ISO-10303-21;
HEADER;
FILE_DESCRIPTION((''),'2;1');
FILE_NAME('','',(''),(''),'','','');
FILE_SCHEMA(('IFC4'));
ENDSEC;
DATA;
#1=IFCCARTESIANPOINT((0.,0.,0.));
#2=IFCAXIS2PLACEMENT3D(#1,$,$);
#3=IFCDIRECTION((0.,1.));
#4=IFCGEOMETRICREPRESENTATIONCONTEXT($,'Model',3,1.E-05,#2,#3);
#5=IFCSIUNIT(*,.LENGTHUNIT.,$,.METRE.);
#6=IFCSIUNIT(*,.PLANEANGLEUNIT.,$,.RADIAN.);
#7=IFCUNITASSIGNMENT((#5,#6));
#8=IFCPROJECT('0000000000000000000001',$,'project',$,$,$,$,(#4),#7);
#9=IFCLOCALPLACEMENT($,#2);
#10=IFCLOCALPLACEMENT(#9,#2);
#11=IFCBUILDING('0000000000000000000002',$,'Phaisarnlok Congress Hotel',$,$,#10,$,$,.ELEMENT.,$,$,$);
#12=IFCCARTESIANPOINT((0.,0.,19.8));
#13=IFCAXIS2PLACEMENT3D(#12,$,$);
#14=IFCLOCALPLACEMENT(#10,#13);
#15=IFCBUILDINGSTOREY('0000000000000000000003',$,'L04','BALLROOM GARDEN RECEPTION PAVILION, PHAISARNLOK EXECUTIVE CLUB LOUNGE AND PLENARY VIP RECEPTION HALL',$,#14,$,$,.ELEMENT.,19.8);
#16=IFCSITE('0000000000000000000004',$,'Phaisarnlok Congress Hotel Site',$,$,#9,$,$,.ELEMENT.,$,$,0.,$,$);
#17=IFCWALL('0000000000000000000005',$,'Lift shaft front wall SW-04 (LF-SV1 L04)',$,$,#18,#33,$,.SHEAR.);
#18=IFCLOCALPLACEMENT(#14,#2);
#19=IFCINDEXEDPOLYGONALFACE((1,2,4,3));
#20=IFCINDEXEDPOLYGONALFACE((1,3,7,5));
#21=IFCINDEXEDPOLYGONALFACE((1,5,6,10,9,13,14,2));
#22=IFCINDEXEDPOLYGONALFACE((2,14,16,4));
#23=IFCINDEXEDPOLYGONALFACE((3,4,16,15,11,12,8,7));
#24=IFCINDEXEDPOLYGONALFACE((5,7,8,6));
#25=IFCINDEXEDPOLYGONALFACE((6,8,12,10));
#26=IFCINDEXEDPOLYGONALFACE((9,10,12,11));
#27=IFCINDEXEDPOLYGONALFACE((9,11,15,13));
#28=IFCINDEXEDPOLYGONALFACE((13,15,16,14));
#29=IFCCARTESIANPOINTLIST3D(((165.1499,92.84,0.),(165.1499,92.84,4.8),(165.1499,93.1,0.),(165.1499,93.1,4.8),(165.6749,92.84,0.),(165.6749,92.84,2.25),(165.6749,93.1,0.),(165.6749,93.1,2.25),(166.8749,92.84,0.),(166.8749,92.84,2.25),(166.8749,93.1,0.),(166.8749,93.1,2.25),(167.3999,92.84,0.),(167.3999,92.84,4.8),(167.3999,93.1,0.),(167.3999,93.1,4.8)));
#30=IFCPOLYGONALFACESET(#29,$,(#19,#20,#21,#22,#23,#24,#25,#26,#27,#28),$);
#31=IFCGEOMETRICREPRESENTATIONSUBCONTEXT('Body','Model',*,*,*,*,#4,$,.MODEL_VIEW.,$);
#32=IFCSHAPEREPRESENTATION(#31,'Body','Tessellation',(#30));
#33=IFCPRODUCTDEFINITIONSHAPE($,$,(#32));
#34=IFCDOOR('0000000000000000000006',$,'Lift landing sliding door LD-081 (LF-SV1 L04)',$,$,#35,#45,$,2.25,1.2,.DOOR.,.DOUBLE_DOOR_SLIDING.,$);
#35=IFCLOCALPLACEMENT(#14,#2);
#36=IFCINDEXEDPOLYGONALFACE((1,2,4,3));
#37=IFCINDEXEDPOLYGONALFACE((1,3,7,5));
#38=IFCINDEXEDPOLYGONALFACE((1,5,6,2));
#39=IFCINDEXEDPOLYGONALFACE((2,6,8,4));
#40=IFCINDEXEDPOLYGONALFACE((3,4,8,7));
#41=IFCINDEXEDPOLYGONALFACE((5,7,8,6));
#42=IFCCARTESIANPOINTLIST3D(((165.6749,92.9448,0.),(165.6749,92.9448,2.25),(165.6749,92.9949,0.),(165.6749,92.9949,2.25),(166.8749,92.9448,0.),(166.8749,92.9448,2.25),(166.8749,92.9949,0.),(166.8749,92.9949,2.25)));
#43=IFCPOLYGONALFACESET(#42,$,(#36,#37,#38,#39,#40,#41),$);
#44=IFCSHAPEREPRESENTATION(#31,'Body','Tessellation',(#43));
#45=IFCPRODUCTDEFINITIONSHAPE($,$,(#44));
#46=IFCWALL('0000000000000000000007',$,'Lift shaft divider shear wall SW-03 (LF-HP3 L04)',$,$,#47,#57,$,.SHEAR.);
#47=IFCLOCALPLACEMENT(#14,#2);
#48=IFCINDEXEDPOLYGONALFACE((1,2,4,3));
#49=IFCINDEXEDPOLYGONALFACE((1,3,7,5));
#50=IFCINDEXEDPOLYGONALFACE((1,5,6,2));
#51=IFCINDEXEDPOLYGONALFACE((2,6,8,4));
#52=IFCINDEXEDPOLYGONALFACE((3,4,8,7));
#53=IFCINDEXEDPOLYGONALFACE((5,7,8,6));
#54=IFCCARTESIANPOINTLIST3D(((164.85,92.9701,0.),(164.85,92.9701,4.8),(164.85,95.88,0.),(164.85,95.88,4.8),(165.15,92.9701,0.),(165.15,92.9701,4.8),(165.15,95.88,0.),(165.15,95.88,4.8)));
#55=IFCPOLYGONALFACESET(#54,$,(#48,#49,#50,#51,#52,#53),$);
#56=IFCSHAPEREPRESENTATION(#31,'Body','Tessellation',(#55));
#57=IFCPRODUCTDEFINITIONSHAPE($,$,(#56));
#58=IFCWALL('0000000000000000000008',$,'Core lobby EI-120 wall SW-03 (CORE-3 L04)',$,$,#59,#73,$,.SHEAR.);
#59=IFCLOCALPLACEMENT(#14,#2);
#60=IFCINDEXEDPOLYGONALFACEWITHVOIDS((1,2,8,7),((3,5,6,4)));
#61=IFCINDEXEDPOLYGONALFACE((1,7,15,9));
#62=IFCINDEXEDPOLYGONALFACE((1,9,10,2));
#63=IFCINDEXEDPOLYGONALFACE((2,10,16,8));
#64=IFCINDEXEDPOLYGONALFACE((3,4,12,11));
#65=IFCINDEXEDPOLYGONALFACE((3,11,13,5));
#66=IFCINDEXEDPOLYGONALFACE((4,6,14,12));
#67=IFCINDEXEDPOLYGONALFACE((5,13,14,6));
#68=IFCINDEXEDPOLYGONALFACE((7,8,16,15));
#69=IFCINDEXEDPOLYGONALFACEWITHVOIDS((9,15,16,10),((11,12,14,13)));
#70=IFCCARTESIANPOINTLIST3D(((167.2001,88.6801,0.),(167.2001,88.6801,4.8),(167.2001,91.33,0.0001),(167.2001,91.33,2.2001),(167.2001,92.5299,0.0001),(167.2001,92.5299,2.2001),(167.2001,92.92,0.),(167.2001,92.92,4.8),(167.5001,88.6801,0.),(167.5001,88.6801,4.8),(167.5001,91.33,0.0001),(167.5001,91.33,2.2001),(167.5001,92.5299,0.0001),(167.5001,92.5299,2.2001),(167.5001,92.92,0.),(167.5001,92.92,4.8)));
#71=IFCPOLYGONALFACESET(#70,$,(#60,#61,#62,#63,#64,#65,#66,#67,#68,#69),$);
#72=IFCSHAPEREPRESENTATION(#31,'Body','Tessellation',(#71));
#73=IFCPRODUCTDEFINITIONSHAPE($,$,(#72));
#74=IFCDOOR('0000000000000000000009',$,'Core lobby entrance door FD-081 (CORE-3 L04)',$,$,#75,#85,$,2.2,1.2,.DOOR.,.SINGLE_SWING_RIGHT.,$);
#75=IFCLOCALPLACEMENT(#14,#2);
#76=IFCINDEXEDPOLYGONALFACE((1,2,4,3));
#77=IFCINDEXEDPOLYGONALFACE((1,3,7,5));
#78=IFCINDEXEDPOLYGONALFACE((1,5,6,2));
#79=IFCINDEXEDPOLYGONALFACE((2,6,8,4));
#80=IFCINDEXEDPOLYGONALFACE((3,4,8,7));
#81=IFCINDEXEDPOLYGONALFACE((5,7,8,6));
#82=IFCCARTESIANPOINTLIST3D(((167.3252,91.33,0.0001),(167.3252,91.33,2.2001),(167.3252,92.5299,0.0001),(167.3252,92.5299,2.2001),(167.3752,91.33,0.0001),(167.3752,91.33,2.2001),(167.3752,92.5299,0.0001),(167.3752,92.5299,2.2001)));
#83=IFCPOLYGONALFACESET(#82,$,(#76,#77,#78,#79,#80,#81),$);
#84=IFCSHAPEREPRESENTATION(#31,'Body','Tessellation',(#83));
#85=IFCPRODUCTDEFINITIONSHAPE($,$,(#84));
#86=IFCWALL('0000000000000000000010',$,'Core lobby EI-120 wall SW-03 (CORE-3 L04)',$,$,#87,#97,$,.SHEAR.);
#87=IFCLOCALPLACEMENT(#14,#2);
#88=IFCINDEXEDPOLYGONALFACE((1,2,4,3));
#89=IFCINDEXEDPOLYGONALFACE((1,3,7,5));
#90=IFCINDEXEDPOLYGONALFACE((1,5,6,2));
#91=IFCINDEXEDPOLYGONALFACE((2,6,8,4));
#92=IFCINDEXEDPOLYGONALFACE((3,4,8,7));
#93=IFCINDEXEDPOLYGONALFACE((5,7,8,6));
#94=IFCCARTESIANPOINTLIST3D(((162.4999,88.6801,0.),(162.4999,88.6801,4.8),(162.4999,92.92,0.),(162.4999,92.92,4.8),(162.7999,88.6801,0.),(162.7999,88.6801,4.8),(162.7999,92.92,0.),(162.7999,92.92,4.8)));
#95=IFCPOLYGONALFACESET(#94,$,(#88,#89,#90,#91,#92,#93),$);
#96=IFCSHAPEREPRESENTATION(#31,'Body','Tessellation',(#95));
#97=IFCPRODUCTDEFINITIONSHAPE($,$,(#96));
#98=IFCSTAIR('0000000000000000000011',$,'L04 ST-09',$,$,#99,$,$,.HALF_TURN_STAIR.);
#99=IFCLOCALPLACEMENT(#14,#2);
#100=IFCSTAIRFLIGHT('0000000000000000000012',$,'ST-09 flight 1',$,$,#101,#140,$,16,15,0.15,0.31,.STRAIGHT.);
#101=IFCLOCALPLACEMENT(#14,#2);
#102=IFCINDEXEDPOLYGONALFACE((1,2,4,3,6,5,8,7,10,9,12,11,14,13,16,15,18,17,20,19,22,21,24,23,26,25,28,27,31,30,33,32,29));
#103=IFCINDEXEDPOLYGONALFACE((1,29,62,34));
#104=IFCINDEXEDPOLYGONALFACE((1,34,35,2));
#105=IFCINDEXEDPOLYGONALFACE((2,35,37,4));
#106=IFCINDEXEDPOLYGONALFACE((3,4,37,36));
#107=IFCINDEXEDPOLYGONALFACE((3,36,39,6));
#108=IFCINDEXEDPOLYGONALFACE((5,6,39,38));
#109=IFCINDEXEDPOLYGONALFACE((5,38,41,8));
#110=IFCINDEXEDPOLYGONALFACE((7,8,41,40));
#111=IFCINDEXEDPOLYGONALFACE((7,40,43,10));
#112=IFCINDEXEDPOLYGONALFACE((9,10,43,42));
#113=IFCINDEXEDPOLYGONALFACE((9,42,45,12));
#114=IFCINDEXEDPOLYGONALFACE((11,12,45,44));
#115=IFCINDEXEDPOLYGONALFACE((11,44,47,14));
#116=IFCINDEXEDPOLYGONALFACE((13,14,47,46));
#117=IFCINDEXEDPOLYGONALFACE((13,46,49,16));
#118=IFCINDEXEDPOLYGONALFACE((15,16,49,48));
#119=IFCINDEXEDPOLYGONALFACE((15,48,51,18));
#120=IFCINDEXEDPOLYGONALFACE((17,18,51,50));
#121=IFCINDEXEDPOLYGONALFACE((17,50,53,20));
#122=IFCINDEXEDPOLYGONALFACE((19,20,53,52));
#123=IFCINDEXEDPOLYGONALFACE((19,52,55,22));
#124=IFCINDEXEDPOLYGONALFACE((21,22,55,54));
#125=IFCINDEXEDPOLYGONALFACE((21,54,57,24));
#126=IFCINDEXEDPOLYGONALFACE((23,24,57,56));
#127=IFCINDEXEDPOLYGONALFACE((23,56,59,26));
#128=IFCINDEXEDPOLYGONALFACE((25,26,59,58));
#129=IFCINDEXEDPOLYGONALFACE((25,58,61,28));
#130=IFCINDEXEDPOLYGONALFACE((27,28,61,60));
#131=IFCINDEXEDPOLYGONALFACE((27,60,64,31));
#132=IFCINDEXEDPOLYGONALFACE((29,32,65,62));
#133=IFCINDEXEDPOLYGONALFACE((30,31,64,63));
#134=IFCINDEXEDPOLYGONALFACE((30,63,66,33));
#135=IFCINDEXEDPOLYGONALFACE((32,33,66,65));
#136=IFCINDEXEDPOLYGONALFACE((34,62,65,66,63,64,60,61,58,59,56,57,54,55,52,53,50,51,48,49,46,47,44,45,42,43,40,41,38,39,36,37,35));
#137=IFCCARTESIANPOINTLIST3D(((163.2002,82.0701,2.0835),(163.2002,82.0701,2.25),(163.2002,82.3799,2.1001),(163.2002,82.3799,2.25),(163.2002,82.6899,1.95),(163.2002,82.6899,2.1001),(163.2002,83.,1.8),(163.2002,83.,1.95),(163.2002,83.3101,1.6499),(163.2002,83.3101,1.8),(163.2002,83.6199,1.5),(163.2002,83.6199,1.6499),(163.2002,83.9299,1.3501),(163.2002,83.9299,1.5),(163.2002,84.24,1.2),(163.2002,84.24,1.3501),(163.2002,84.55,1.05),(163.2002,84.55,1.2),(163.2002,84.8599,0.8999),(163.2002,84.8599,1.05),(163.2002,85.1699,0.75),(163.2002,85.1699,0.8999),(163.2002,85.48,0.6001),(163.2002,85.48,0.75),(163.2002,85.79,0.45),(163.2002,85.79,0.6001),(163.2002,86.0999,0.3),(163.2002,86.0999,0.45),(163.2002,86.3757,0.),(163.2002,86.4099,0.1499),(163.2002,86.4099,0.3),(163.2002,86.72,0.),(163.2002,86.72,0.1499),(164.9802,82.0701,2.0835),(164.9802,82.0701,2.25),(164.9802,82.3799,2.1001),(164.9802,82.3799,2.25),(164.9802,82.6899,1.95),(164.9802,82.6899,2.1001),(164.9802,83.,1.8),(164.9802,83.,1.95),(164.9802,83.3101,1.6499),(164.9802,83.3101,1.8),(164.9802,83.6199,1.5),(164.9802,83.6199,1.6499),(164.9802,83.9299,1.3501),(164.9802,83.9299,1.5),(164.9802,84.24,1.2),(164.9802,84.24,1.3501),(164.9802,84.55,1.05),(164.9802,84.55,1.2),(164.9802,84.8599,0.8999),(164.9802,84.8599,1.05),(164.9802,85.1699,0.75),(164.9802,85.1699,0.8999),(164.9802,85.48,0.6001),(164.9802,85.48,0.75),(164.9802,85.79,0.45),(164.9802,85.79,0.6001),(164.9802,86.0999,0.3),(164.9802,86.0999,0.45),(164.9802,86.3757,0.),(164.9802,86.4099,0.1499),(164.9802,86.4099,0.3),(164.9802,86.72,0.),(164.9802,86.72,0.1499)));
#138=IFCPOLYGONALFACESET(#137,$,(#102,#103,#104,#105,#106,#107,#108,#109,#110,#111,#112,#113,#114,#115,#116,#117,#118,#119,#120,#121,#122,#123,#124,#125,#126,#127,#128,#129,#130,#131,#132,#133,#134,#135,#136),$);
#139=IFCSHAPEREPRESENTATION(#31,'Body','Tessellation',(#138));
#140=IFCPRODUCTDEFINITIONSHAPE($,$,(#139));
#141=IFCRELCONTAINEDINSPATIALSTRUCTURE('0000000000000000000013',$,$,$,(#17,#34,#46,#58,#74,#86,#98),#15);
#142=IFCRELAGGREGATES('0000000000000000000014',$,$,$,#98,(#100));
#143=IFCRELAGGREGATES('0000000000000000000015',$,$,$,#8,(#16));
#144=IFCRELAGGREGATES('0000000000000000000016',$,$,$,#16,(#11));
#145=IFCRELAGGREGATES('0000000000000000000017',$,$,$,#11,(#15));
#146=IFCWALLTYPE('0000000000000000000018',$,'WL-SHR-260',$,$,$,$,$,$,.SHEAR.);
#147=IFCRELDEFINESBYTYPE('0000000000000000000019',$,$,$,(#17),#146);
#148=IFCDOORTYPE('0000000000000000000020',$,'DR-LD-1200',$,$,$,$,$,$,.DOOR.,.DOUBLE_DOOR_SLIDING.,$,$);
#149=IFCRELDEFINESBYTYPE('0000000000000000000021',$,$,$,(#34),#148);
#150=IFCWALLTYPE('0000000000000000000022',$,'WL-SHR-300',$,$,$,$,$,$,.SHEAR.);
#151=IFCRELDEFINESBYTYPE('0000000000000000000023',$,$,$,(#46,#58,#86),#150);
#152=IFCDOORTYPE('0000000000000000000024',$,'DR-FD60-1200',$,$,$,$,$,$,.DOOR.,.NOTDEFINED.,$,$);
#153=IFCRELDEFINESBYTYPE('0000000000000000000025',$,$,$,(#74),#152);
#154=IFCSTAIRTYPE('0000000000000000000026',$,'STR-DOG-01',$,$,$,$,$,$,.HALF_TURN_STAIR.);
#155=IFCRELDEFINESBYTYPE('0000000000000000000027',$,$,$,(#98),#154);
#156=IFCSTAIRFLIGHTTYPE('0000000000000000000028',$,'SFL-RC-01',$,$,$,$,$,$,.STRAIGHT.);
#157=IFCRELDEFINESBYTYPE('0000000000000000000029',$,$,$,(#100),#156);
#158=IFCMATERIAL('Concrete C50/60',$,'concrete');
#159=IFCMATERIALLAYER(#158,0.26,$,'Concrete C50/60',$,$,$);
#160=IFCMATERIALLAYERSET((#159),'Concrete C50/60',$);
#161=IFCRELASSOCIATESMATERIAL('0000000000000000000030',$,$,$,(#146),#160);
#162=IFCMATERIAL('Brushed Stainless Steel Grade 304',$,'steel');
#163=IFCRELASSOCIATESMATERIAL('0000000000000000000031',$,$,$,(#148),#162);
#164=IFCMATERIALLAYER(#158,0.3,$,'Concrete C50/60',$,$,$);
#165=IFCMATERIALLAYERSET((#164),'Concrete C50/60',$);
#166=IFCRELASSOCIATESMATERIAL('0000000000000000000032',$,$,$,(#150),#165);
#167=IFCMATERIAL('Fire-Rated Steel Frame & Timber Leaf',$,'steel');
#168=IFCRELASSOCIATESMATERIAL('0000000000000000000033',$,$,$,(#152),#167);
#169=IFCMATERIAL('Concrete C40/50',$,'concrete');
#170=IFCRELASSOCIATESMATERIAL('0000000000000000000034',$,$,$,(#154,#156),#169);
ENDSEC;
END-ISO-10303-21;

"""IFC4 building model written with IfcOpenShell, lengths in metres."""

from ifc_helpers import new_model, si_unit, direction, frame, frame_2d, origin, place, context, subcontext, project, spatial, polyline, rectangle, outline, extrude, material, layer, layer_set, type_object, element, fill, aggregate, save


model = new_model("IFC4")

# Units and contexts
model_context = context("Model", 3, precision=1e-05, world=origin(), true_north=direction((0.0, 1.0)))
body_context = subcontext(model_context, "Body", "Model", "MODEL_VIEW")
ifc_project = project(units=[si_unit("LENGTHUNIT", "METRE"), si_unit("PLANEANGLEUNIT", "RADIAN")], contexts=[model_context])

# Site, building, storey
site_placement = place(None, origin())
site = spatial("IfcSite", under=ifc_project, at=site_placement, Name="Phaisarnlok Congress Hotel Site", CompositionType="ELEMENT", RefElevation=0.0)
building_placement = place(site_placement, origin())
building = spatial("IfcBuilding", under=site, at=building_placement, Name="Phaisarnlok Congress Hotel", CompositionType="ELEMENT")
storey_placement = place(building_placement, frame((0.0, 0.0, 19.8)))
storey = spatial("IfcBuildingStorey", under=building, at=storey_placement, Name="L04", Description="BALLROOM GARDEN RECEPTION PAVILION, PHAISARNLOK EXECUTIVE CLUB LOUNGE AND PLENARY VIP RECEPTION HALL", CompositionType="ELEMENT", Elevation=19.8)

# Shared definitions
ifc_material_1 = material(Name="Concrete C50/60", Category="concrete")

# Shared definitions
ifc_material_2 = material(Name="Concrete C40/50", Category="concrete")

# Shared definitions
ifc_layer_1 = layer(ifc_material_1, 0.26, Name="Concrete C50/60")
ifc_layer_set_1 = layer_set([ifc_layer_1], Name="Concrete C50/60")
wall_type_1 = type_object("IfcWallType", Name="WL-SHR-260", PredefinedType="SHEAR", material=ifc_layer_set_1)
ifc_material_3 = material(Name="Fire-Rated Steel Frame & Timber Leaf", Category="steel")

# Shared definitions
ifc_material_4 = material(Name="Brushed Stainless Steel Grade 304", Category="steel")

# Wall, opening, door
wall_1_placement = place(storey_placement, frame((165.1499, 92.97, 0.0), z_axis=(0.0, 0.0, 1.0), x_axis=(1.0, 0.0, 0.0)))
wall_1 = element("IfcWall", 1, at=wall_1_placement, inside=storey, type_object=wall_type_1, Name="Lift shaft front wall SW-04 (LF-SV1 L04)", PredefinedType="SHEAR", context=body_context, shape_type="SweptSolid", body=[
    extrude(rectangle(XDim=2.25, YDim=0.26, at=frame_2d((1.125, 0.0))), origin(), (0.0, 0.0, 1.0), 4.8),
])
opening_1_placement = place(wall_1_placement, frame((0.5249, 0.0, 0.0)))
opening_1 = element("IfcOpeningElement", 2, at=opening_1_placement, cuts=wall_1, PredefinedType="OPENING", context=body_context, shape_type="SweptSolid", body=[
    extrude(rectangle(XDim=1.2, YDim=2.25, at=frame_2d((0.6001, 1.125))), frame((0.0, 0.1401, 0.0), z_axis=(0.0, -1.0, 0.0), x_axis=(1.0, 0.0, 0.0)), (0.0, 0.0, 1.0), 0.28),
])
door_type_1 = type_object("IfcDoorType", Name="DR-LD-1200", OperationType="DOUBLE_DOOR_SLIDING", PredefinedType="DOOR", material=ifc_material_4)
door_1_placement = place(opening_1_placement, origin())
door_1 = element("IfcDoor", 3, at=door_1_placement, inside=storey, type_object=door_type_1, Name="Lift landing sliding door LD-081 (LF-SV1 L04)", OperationType="DOUBLE_DOOR_SLIDING", OverallHeight=2.25, OverallWidth=1.2, PredefinedType="DOOR", context=body_context, shape_type="SweptSolid", body=[
    extrude(rectangle(XDim=1.2, YDim=2.25, at=frame_2d((0.6001, 1.125))), frame((0.0, 0.0249, 0.0), z_axis=(0.0, -1.0, 0.0), x_axis=(1.0, 0.0, 0.0)), (0.0, 0.0, 1.0), 0.05),
])
fill(opening_1, door_1)

# Wall
ifc_layer_2 = layer(ifc_material_1, 0.3, Name="Concrete C50/60")
ifc_layer_set_2 = layer_set([ifc_layer_2], Name="Concrete C50/60")
wall_type_2 = type_object("IfcWallType", Name="WL-SHR-300", PredefinedType="SHEAR", material=ifc_layer_set_2)
wall_2_placement = place(storey_placement, frame((165.0, 92.97, 0.0), z_axis=(0.0, 0.0, 1.0), x_axis=(0.0, 1.0, 0.0)))
element("IfcWall", 4, at=wall_2_placement, inside=storey, type_object=wall_type_2, Name="Lift shaft divider shear wall SW-03 (LF-HP3 L04)", PredefinedType="SHEAR", context=body_context, shape_type="SweptSolid", body=[
    extrude(rectangle(XDim=2.9099, YDim=0.3, at=frame_2d((1.4551, 0.0))), origin(), (0.0, 0.0, 1.0), 4.8),
])

# Wall, opening, door
wall_3_placement = place(storey_placement, frame((167.3501, 88.6799, 0.0), z_axis=(0.0, 0.0, 1.0), x_axis=(0.0, 1.0, 0.0)))
wall_3 = element("IfcWall", 5, at=wall_3_placement, inside=storey, type_object=wall_type_2, Name="Core lobby EI-120 wall SW-03 (CORE-3 L04)", PredefinedType="SHEAR", context=body_context, shape_type="SweptSolid", body=[
    extrude(rectangle(XDim=4.24, YDim=0.3, at=frame_2d((2.1201, 0.0))), origin(), (0.0, 0.0, 1.0), 4.8),
])
opening_2_placement = place(wall_3_placement, frame((2.6499, 0.0, 0.0)))
opening_2 = element("IfcOpeningElement", 6, at=opening_2_placement, cuts=wall_3, PredefinedType="OPENING", context=body_context, shape_type="SweptSolid", body=[
    extrude(rectangle(XDim=1.2, YDim=2.2, at=frame_2d((0.6001, 1.1001))), frame((0.0, 0.1602, 0.0), z_axis=(0.0, -1.0, 0.0), x_axis=(1.0, 0.0, 0.0)), (0.0, 0.0, 1.0), 0.3201),
])
door_type_2 = type_object("IfcDoorType", Name="DR-FD60-1200", OperationType="NOTDEFINED", PredefinedType="DOOR", material=ifc_material_3)
door_2_placement = place(opening_2_placement, origin())
door_2 = element("IfcDoor", 7, at=door_2_placement, inside=storey, type_object=door_type_2, Name="Core lobby entrance door FD-081 (CORE-3 L04)", OperationType="SINGLE_SWING_RIGHT", OverallHeight=2.2, OverallWidth=1.2, PredefinedType="DOOR", context=body_context, shape_type="SweptSolid", body=[
    extrude(rectangle(XDim=1.2, YDim=2.2, at=frame_2d((0.6001, 1.1001))), frame((0.0, 0.0249, 0.0), z_axis=(0.0, -1.0, 0.0), x_axis=(1.0, 0.0, 0.0)), (0.0, 0.0, 1.0), 0.05),
])
fill(opening_2, door_2)

# Wall
wall_4_placement = place(storey_placement, frame((162.6499, 88.6799, 0.0), z_axis=(0.0, 0.0, 1.0), x_axis=(0.0, 1.0, 0.0)))
element("IfcWall", 8, at=wall_4_placement, inside=storey, type_object=wall_type_2, Name="Core lobby EI-120 wall SW-03 (CORE-3 L04)", PredefinedType="SHEAR", context=body_context, shape_type="SweptSolid", body=[
    extrude(rectangle(XDim=4.24, YDim=0.3, at=frame_2d((2.1201, 0.0))), origin(), (0.0, 0.0, 1.0), 4.8),
])

# Stair, stair flight
stair_type = type_object("IfcStairType", Name="STR-DOG-01", PredefinedType="HALF_TURN_STAIR", material=ifc_material_2)
stair_placement = place(storey_placement, origin())
stair = element("IfcStair", 9, at=stair_placement, inside=storey, type_object=stair_type, Name="L04 ST-09", PredefinedType="HALF_TURN_STAIR")
stair_flight_type = type_object("IfcStairFlightType", Name="SFL-RC-01", PredefinedType="STRAIGHT", material=ifc_material_2)
stair_flight_placement = place(storey_placement, frame((164.0901, 86.72, 0.0), z_axis=(0.0, 0.0, 1.0), x_axis=(0.0, -1.0, 0.0)))
stair_flight = element("IfcStairFlight", 10, at=stair_flight_placement, type_object=stair_flight_type, Name="ST-09 flight 1", NumberOfRisers=16, NumberOfTreads=15, PredefinedType="STRAIGHT", RiserHeight=0.15, TreadLength=0.31, context=body_context, shape_type="SweptSolid", body=[
    extrude(outline(polyline([(0.0, 0.0), (0.0, 0.1499), (0.3101, 0.1499), (0.3101, 0.3), (0.6201, 0.3), (0.6201, 0.45), (0.9299, 0.45), (0.9299, 0.6001), (1.24, 0.6001), (1.24, 0.75), (1.55, 0.75), (1.55, 0.8999), (1.8601, 0.8999), (1.8601, 1.05), (2.1699, 1.05), (2.1699, 1.2), (2.48, 1.2), (2.48, 1.3501), (2.79, 1.3501), (2.79, 1.5), (3.1001, 1.5), (3.1001, 1.6499), (3.4099, 1.6499), (3.4099, 1.8), (3.72, 1.8), (3.72, 1.95), (4.03, 1.95), (4.03, 2.1001), (4.3401, 2.1001), (4.3401, 2.25), (4.6499, 2.25), (4.6499, 2.3999), (4.6499, 2.0835), (0.3442, 0.0), (0.0, 0.0)])), frame((0.0, 0.8901, 0.0), z_axis=(0.0, -1.0, 0.0), x_axis=(1.0, 0.0, 0.0)), (0.0, 0.0, 1.0), 1.78),
])
aggregate(stair, [stair_flight])

save(model, "model.ifc")
